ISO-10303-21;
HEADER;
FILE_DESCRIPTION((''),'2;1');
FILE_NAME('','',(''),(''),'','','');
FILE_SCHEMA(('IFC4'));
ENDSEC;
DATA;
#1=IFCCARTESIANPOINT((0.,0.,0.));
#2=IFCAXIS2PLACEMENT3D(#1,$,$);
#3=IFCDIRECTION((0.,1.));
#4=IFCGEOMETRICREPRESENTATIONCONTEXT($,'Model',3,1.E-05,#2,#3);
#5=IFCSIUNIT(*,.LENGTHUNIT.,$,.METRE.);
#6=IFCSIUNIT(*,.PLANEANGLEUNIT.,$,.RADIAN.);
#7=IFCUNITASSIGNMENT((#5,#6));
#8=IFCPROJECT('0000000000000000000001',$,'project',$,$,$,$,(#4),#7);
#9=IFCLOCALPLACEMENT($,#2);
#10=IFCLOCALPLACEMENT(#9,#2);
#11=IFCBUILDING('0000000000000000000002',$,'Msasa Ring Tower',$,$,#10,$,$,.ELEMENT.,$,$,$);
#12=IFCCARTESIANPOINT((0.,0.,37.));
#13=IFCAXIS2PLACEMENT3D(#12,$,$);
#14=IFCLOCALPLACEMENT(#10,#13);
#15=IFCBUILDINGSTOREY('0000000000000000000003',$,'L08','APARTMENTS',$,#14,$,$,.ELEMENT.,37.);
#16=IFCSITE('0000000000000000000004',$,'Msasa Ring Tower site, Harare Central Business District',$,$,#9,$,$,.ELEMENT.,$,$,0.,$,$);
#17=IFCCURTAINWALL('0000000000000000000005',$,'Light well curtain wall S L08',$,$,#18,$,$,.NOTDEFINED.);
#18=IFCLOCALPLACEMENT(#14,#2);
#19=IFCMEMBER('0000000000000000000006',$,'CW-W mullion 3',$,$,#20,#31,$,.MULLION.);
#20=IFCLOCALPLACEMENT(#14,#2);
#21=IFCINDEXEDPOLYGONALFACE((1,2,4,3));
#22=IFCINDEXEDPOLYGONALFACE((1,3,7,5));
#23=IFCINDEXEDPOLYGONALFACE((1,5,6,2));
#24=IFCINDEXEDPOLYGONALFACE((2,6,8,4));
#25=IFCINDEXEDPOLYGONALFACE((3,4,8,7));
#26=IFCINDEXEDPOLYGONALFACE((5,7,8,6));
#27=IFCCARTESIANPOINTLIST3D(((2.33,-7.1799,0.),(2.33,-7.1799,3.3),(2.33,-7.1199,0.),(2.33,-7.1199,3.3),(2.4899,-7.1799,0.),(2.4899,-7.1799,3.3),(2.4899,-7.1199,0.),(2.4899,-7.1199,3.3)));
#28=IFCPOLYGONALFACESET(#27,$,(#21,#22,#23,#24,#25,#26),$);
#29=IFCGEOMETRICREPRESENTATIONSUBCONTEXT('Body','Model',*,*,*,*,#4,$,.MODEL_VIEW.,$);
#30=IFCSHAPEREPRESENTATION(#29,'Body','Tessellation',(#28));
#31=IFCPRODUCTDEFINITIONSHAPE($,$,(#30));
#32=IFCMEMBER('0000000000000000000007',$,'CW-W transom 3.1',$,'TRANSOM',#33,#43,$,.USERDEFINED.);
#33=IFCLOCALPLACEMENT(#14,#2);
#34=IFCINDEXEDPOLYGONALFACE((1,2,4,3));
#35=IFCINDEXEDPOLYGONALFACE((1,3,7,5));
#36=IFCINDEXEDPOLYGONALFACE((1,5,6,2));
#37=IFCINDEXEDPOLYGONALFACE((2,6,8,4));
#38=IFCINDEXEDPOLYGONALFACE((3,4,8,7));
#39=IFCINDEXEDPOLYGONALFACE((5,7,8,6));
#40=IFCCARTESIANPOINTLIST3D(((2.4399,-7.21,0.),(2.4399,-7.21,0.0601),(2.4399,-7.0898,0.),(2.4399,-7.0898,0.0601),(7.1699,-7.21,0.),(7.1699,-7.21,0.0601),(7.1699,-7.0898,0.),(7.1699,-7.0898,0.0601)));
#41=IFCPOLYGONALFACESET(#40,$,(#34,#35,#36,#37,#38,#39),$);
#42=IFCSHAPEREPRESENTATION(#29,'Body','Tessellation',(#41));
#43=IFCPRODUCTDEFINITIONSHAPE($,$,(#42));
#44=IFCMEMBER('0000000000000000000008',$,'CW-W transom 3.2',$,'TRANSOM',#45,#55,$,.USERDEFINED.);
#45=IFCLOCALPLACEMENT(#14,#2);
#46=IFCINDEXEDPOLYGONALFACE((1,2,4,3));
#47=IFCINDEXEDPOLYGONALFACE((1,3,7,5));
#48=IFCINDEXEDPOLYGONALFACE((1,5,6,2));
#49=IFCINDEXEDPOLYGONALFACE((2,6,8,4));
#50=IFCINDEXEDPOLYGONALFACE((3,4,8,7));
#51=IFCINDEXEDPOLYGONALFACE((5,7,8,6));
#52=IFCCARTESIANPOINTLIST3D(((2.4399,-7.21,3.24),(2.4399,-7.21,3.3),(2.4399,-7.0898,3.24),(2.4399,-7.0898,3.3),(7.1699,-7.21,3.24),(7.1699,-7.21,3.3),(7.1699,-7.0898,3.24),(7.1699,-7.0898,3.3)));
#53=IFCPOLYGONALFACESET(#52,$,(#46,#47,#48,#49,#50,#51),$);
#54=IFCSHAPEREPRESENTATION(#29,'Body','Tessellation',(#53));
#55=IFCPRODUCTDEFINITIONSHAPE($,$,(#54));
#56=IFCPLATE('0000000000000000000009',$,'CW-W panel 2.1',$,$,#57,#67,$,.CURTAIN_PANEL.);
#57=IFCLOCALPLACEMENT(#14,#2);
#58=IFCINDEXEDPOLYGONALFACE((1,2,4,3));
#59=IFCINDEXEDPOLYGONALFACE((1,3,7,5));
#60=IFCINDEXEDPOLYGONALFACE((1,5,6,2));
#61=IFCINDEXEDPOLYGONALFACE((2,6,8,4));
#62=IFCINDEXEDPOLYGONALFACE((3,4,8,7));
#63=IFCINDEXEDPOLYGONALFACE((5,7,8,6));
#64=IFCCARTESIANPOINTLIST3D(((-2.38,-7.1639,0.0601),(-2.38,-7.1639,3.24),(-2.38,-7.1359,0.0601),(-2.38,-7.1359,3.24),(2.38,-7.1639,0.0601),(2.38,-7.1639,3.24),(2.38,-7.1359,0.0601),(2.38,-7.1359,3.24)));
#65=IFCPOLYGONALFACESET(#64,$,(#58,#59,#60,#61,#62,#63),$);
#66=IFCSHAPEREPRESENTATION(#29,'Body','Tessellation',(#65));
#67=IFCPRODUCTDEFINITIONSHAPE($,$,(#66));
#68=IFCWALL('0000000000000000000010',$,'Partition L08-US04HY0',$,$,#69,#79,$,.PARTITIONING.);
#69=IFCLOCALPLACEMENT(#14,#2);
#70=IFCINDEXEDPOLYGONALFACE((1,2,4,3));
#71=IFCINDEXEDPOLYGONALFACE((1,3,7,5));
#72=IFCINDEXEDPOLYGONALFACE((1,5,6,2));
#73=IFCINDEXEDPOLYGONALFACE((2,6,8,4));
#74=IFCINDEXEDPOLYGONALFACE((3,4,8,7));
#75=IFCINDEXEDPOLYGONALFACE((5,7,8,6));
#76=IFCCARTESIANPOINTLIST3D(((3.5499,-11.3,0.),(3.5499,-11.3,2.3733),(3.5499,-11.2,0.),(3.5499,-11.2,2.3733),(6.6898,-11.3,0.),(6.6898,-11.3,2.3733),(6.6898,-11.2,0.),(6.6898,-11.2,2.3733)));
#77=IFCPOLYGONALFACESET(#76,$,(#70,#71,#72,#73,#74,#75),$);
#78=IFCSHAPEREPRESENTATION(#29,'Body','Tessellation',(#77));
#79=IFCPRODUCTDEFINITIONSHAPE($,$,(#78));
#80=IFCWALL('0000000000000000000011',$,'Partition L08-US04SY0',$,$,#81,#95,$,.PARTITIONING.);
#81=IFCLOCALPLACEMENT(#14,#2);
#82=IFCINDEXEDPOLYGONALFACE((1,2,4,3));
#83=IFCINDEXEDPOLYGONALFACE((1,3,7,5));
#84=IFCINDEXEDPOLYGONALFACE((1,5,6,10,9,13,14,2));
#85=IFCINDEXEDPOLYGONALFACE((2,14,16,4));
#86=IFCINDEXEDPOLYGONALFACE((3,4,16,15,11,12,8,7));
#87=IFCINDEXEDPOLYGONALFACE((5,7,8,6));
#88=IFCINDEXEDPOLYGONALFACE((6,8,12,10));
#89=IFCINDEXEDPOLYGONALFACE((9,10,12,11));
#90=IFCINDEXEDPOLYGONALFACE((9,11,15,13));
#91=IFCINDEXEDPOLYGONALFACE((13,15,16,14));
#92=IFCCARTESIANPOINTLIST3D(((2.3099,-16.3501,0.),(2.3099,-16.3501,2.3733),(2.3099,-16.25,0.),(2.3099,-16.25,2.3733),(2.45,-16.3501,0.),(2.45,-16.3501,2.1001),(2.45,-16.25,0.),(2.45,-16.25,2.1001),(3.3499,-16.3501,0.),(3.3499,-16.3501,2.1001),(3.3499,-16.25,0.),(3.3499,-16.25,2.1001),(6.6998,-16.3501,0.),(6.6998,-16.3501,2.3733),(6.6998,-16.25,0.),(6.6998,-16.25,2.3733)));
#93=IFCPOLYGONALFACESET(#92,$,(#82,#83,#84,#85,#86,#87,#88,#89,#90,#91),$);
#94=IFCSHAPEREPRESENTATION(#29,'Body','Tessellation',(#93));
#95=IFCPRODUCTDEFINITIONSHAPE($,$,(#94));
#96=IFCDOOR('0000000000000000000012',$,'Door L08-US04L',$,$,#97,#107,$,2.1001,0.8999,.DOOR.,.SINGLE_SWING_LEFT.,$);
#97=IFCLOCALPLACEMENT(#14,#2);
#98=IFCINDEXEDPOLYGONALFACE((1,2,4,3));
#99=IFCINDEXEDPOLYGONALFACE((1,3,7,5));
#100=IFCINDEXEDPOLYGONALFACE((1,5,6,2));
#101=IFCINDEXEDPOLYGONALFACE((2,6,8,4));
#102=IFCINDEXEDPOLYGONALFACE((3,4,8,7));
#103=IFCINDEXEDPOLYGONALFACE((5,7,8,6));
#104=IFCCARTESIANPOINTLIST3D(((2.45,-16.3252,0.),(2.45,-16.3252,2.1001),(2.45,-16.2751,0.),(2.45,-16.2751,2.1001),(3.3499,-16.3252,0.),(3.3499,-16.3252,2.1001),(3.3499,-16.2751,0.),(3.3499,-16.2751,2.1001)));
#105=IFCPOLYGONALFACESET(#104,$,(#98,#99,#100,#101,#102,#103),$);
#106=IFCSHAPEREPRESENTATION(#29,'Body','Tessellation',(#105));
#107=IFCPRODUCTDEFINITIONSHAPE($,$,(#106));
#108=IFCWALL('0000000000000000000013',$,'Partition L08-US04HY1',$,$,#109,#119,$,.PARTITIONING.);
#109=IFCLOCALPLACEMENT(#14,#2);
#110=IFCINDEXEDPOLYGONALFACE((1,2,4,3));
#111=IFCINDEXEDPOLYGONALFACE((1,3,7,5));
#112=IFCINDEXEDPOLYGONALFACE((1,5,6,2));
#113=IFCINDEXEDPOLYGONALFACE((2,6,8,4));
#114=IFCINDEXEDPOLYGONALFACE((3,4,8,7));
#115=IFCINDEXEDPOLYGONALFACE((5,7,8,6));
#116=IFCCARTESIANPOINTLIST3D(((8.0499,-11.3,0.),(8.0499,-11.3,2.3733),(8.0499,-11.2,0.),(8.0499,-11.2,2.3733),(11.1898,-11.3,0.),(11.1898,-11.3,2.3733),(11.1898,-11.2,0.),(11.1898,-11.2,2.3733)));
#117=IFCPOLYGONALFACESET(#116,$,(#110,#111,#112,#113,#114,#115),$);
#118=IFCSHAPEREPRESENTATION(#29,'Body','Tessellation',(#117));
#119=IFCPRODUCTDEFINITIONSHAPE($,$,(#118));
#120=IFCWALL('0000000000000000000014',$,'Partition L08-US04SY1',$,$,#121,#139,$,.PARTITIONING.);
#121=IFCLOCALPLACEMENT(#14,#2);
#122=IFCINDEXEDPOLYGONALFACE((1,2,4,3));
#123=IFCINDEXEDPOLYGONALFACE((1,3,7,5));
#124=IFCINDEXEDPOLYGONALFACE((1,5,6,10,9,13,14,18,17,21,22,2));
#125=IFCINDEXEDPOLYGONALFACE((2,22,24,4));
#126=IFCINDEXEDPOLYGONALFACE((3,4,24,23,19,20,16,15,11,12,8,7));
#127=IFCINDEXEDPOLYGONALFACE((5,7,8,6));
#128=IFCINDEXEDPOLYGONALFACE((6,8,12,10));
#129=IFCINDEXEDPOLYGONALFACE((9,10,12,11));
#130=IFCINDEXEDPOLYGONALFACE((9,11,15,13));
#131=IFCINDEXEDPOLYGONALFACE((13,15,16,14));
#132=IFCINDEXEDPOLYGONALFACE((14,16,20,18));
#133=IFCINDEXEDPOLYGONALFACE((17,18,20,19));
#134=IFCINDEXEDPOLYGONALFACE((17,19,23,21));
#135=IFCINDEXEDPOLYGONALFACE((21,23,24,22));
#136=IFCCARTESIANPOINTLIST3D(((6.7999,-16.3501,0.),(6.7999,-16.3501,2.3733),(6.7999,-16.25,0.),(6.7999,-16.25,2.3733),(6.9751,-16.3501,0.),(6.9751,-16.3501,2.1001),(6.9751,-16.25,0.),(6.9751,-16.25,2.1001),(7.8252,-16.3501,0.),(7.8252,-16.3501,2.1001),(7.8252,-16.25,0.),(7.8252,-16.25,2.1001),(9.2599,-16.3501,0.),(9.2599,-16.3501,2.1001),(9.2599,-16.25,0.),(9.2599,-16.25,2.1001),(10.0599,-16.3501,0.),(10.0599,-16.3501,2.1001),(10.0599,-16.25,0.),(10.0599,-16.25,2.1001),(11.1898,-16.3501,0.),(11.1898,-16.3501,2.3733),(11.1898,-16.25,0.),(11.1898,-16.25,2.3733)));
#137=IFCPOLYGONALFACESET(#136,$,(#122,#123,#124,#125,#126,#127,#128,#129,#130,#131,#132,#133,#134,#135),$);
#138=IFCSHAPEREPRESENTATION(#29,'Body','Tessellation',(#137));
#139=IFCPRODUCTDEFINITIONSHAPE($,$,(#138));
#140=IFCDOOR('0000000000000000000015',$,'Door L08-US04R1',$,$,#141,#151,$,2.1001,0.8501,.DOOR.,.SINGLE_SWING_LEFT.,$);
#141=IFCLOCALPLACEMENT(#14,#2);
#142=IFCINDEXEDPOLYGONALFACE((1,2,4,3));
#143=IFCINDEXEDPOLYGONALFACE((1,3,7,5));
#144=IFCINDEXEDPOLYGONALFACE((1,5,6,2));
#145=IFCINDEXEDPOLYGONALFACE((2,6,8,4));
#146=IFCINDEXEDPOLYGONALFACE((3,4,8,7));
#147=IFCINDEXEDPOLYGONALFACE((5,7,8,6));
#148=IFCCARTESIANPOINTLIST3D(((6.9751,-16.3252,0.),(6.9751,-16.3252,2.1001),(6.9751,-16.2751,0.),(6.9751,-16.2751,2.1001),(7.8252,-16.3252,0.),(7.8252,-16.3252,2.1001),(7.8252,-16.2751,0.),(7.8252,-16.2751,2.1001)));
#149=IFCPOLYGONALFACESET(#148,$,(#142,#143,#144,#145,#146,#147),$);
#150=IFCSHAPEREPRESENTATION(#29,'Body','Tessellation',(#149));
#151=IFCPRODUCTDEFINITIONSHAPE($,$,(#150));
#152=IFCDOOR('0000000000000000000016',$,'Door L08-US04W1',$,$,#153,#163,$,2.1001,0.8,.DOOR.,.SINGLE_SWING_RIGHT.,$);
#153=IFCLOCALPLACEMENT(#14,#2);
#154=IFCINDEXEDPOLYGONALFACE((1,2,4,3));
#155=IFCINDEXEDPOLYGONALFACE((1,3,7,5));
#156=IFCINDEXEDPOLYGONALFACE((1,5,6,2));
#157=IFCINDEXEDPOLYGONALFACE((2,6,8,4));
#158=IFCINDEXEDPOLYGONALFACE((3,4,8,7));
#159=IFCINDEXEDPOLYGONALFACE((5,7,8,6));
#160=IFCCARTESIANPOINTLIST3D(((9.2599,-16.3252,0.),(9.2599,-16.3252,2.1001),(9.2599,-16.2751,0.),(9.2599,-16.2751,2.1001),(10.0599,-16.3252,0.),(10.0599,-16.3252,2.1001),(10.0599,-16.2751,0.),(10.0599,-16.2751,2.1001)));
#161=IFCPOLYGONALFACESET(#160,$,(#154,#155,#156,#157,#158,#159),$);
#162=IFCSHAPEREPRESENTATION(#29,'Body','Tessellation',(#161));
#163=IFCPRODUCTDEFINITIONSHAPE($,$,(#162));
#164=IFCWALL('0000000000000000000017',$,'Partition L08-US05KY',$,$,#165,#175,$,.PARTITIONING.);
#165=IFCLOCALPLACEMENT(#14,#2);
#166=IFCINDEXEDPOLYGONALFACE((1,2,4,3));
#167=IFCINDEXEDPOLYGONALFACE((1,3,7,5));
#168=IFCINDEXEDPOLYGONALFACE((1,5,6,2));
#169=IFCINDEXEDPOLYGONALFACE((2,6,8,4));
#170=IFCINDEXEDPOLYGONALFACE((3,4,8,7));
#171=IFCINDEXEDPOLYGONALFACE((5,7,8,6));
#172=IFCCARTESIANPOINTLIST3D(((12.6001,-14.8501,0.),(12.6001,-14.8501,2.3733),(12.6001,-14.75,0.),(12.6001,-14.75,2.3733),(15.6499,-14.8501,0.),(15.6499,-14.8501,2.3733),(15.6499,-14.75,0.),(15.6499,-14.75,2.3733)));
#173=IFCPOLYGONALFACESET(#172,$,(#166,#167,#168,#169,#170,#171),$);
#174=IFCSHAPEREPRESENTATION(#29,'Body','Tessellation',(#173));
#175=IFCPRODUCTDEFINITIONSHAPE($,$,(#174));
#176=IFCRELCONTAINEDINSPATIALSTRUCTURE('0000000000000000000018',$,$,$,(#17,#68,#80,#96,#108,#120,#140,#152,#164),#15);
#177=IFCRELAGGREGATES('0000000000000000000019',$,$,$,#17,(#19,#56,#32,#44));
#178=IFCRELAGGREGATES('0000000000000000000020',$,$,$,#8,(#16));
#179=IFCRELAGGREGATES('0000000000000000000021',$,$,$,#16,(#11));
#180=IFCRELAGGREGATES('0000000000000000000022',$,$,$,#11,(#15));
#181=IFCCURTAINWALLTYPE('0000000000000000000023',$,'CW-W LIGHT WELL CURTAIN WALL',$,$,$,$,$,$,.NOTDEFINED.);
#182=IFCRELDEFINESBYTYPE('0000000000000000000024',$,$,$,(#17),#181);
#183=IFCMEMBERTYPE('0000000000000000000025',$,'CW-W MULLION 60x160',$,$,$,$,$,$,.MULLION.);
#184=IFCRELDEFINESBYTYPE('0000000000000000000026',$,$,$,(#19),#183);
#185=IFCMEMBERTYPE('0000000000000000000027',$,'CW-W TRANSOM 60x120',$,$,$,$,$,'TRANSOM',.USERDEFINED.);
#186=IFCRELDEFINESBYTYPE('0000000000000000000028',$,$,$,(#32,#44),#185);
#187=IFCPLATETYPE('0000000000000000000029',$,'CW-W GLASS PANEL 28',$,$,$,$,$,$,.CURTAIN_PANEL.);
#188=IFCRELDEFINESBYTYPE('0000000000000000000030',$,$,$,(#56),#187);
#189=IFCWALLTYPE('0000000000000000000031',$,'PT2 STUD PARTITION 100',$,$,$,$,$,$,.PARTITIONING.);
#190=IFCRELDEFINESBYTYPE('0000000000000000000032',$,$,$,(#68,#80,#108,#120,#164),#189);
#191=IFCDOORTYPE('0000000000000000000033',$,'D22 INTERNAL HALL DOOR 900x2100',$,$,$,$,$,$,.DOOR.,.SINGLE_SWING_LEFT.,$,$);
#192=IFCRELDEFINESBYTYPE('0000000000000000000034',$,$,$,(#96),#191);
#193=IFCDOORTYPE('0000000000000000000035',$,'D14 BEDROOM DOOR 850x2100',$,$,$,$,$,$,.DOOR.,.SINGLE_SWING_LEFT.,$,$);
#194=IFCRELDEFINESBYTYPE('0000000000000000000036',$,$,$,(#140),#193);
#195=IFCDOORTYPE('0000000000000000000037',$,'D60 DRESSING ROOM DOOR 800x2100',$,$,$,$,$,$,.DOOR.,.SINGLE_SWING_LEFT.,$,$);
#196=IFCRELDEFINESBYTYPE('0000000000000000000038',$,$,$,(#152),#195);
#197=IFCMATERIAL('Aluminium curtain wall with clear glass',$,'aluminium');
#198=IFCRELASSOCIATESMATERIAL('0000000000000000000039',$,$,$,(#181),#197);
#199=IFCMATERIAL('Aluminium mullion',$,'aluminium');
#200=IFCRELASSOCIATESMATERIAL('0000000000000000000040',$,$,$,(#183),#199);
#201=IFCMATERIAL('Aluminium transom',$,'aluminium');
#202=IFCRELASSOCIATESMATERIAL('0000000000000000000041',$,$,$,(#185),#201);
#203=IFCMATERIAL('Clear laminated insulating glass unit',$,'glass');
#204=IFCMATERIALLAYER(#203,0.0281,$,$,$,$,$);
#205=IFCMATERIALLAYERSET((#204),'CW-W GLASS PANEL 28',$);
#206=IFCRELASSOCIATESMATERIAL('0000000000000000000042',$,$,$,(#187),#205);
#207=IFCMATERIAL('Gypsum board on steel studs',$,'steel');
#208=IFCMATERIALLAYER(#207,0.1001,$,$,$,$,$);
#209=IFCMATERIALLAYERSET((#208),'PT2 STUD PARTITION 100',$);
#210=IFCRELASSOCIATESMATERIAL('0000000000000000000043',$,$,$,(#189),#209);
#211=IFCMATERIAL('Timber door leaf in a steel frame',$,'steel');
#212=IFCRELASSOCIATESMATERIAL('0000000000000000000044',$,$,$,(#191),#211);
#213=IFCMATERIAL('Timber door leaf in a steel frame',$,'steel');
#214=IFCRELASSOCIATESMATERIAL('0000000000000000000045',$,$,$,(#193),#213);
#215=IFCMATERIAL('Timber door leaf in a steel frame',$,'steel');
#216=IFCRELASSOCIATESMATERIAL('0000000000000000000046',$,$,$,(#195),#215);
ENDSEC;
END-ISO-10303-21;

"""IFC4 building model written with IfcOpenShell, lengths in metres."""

from ifc_helpers import new_model, si_unit, direction, frame, frame_2d, origin, origin_2d, place, context, subcontext, project, spatial, rectangle, extrude, material, layer, layer_set, material_profile, profile_set, type_object, element, fill, aggregate, save


model = new_model("IFC4")

# Units and contexts
model_context = context("Model", 3, precision=1e-05, world=origin(), true_north=direction((0.0, 1.0)))
body_context = subcontext(model_context, "Body", "Model", "MODEL_VIEW")
ifc_project = project(units=[si_unit("LENGTHUNIT", "METRE"), si_unit("PLANEANGLEUNIT", "RADIAN")], contexts=[model_context])

# Site, building, storey
site_placement = place(None, origin())
site = spatial("IfcSite", under=ifc_project, at=site_placement, Name="Msasa Ring Tower site, Harare Central Business District", CompositionType="ELEMENT", RefElevation=0.0)
building_placement = place(site_placement, origin())
building = spatial("IfcBuilding", under=site, at=building_placement, Name="Msasa Ring Tower", CompositionType="ELEMENT")
storey_placement = place(building_placement, frame((0.0, 0.0, 37.0)))
storey = spatial("IfcBuildingStorey", under=building, at=storey_placement, Name="L08", Description="APARTMENTS", CompositionType="ELEMENT", Elevation=37.0)

# Curtain wall, members, plate
ifc_material_1 = material(Name="Aluminium curtain wall with clear glass", Category="aluminium")
curtain_wall_type = type_object("IfcCurtainWallType", Name="CW-W LIGHT WELL CURTAIN WALL", PredefinedType="NOTDEFINED", material=ifc_material_1)
curtain_wall_placement = place(storey_placement, origin())
curtain_wall = element("IfcCurtainWall", 1, at=curtain_wall_placement, inside=storey, type_object=curtain_wall_type, Name="Light well curtain wall S L08", PredefinedType="NOTDEFINED")
ifc_material_2 = material(Name="Aluminium mullion", Category="aluminium")
ifc_material_profile_1 = material_profile(ifc_material_2, rectangle(XDim=0.0601, YDim=0.1599, at=origin_2d()), Name="AL 60x160")
ifc_profile_set_1 = profile_set([ifc_material_profile_1], Name="Aluminium mullion")
member_type_1 = type_object("IfcMemberType", Name="CW-W MULLION 60x160", PredefinedType="MULLION", material=ifc_profile_set_1)
member_1_placement = place(storey_placement, frame((2.4099, -7.1499, 0.0), z_axis=(0.0, 0.0, 1.0), x_axis=(0.0, 1.0, 0.0)))
member_1 = element("IfcMember", 2, at=member_1_placement, type_object=member_type_1, Name="CW-W mullion 3", PredefinedType="MULLION", context=body_context, shape_type="SweptSolid", body=[
    extrude(rectangle(XDim=0.0601, YDim=0.1599, at=origin_2d()), origin(), (0.0, 0.0, 1.0), 3.3),
])
ifc_material_3 = material(Name="Aluminium transom", Category="aluminium")
ifc_material_profile_2 = material_profile(ifc_material_3, rectangle(XDim=0.1201, YDim=0.0601, at=origin_2d()), Name="AL 60x120")
ifc_profile_set_2 = profile_set([ifc_material_profile_2], Name="Aluminium transom")
member_type_2 = type_object("IfcMemberType", Name="CW-W TRANSOM 60x120", ElementType="TRANSOM", PredefinedType="USERDEFINED", material=ifc_profile_set_2)
member_2_placement = place(storey_placement, frame((2.4399, -7.1499, 0.03), z_axis=(1.0, 0.0, 0.0), x_axis=(0.0, 1.0, 0.0)))
member_2 = element("IfcMember", 3, at=member_2_placement, type_object=member_type_2, Name="CW-W transom 3.1", ObjectType="TRANSOM", PredefinedType="USERDEFINED", context=body_context, shape_type="SweptSolid", body=[
    extrude(rectangle(XDim=0.1201, YDim=0.0601, at=origin_2d()), origin(), (0.0, 0.0, 1.0), 4.73),
])
member_3_placement = place(storey_placement, frame((2.4399, -7.1499, 3.27), z_axis=(1.0, 0.0, 0.0), x_axis=(0.0, 1.0, 0.0)))
member_3 = element("IfcMember", 4, at=member_3_placement, type_object=member_type_2, Name="CW-W transom 3.2", ObjectType="TRANSOM", PredefinedType="USERDEFINED", context=body_context, shape_type="SweptSolid", body=[
    extrude(rectangle(XDim=0.1201, YDim=0.0601, at=origin_2d()), origin(), (0.0, 0.0, 1.0), 4.73),
])
ifc_material_4 = material(Name="Clear laminated insulating glass unit", Category="glass")
ifc_layer_1 = layer(ifc_material_4, 0.0281)
ifc_layer_set_1 = layer_set([ifc_layer_1], Name="CW-W GLASS PANEL 28")
plate_type = type_object("IfcPlateType", Name="CW-W GLASS PANEL 28", PredefinedType="CURTAIN_PANEL", material=ifc_layer_set_1)
plate_placement = place(storey_placement, frame((0.0, -7.1499, 0.0601), z_axis=(0.0, 0.0, 1.0), x_axis=(1.0, 0.0, 0.0)))
plate = element("IfcPlate", 5, at=plate_placement, type_object=plate_type, Name="CW-W panel 2.1", PredefinedType="CURTAIN_PANEL", context=body_context, shape_type="SweptSolid", body=[
    extrude(rectangle(XDim=4.76, YDim=0.0281, at=origin_2d()), origin(), (0.0, 0.0, 1.0), 3.1799),
])
aggregate(curtain_wall, [member_1, plate, member_2, member_3])

# Wall
ifc_material_5 = material(Name="Gypsum board on steel studs", Category="steel")
ifc_layer_2 = layer(ifc_material_5, 0.1001)
ifc_layer_set_2 = layer_set([ifc_layer_2], Name="PT2 STUD PARTITION 100")
wall_type_1 = type_object("IfcWallType", Name="PT2 STUD PARTITION 100", PredefinedType="PARTITIONING", material=ifc_layer_set_2)
wall_1_placement = place(storey_placement, frame((3.55, -11.25, 0.0), z_axis=(0.0, 0.0, 1.0), x_axis=(1.0, 0.0, 0.0)))
element("IfcWall", 6, at=wall_1_placement, inside=storey, type_object=wall_type_1, Name="Partition L08-US04HY0", PredefinedType="PARTITIONING", context=body_context, shape_type="SweptSolid", body=[
    extrude(rectangle(XDim=3.1399, YDim=0.1001, at=frame_2d((1.5698, 0.0))), origin(), (0.0, 0.0, 1.0), 2.3733),
])

# Wall, opening, door
wall_2_placement = place(storey_placement, frame((2.3101, -16.3, 0.0), z_axis=(0.0, 0.0, 1.0), x_axis=(1.0, 0.0, 0.0)))
wall_2 = element("IfcWall", 7, at=wall_2_placement, inside=storey, type_object=wall_type_1, Name="Partition L08-US04SY0", PredefinedType="PARTITIONING", context=body_context, shape_type="SweptSolid", body=[
    extrude(rectangle(XDim=4.3899, YDim=0.1001, at=frame_2d((2.1948, 0.0))), origin(), (0.0, 0.0, 1.0), 2.3733),
])
opening_1_placement = place(wall_2_placement, frame((0.1399, 0.0, 0.0)))
opening_1 = element("IfcOpeningElement", 8, at=opening_1_placement, cuts=wall_2, PredefinedType="OPENING", context=body_context, shape_type="SweptSolid", body=[
    extrude(rectangle(XDim=0.8999, YDim=2.1001, at=frame_2d((0.45, 1.05))), frame((0.0, 0.0601, 0.0), z_axis=(0.0, -1.0, 0.0), x_axis=(1.0, 0.0, 0.0)), (0.0, 0.0, 1.0), 0.1201),
])
ifc_material_6 = material(Name="Timber door leaf in a steel frame", Category="steel")
door_type_1 = type_object("IfcDoorType", Name="D22 INTERNAL HALL DOOR 900x2100", OperationType="SINGLE_SWING_LEFT", PredefinedType="DOOR", material=ifc_material_6)
door_1_placement = place(opening_1_placement, origin())
door_1 = element("IfcDoor", 9, at=door_1_placement, inside=storey, type_object=door_type_1, Name="Door L08-US04L", OperationType="SINGLE_SWING_LEFT", OverallHeight=2.1001, OverallWidth=0.8999, PredefinedType="DOOR", context=body_context, shape_type="SweptSolid", body=[
    extrude(rectangle(XDim=0.8999, YDim=2.1001, at=frame_2d((0.45, 1.05))), frame((0.0, 0.0249, 0.0), z_axis=(0.0, -1.0, 0.0), x_axis=(1.0, 0.0, 0.0)), (0.0, 0.0, 1.0), 0.05),
])
fill(opening_1, door_1)

# Wall
wall_3_placement = place(storey_placement, frame((8.05, -11.25, 0.0), z_axis=(0.0, 0.0, 1.0), x_axis=(1.0, 0.0, 0.0)))
element("IfcWall", 10, at=wall_3_placement, inside=storey, type_object=wall_type_1, Name="Partition L08-US04HY1", PredefinedType="PARTITIONING", context=body_context, shape_type="SweptSolid", body=[
    extrude(rectangle(XDim=3.1399, YDim=0.1001, at=frame_2d((1.5698, 0.0))), origin(), (0.0, 0.0, 1.0), 2.3733),
])

# Wall, openings, doors
wall_4_placement = place(storey_placement, frame((6.8, -16.3, 0.0), z_axis=(0.0, 0.0, 1.0), x_axis=(1.0, 0.0, 0.0)))
wall_4 = element("IfcWall", 11, at=wall_4_placement, inside=storey, type_object=wall_type_1, Name="Partition L08-US04SY1", PredefinedType="PARTITIONING", context=body_context, shape_type="SweptSolid", body=[
    extrude(rectangle(XDim=4.3899, YDim=0.1001, at=frame_2d((2.1948, 0.0))), origin(), (0.0, 0.0, 1.0), 2.3733),
])
opening_2_placement = place(wall_4_placement, frame((0.175, 0.0, 0.0)))
opening_2 = element("IfcOpeningElement", 12, at=opening_2_placement, cuts=wall_4, PredefinedType="OPENING", context=body_context, shape_type="SweptSolid", body=[
    extrude(rectangle(XDim=0.8501, YDim=2.1001, at=frame_2d((0.425, 1.05))), frame((0.0, 0.0601, 0.0), z_axis=(0.0, -1.0, 0.0), x_axis=(1.0, 0.0, 0.0)), (0.0, 0.0, 1.0), 0.1201),
])
opening_3_placement = place(wall_4_placement, frame((2.46, 0.0, 0.0)))
opening_3 = element("IfcOpeningElement", 13, at=opening_3_placement, cuts=wall_4, PredefinedType="OPENING", context=body_context, shape_type="SweptSolid", body=[
    extrude(rectangle(XDim=0.8, YDim=2.1001, at=frame_2d((0.3999, 1.05))), frame((0.0, 0.0601, 0.0), z_axis=(0.0, -1.0, 0.0), x_axis=(1.0, 0.0, 0.0)), (0.0, 0.0, 1.0), 0.1201),
])
ifc_material_7 = material(Name="Timber door leaf in a steel frame", Category="steel")
door_type_2 = type_object("IfcDoorType", Name="D14 BEDROOM DOOR 850x2100", OperationType="SINGLE_SWING_LEFT", PredefinedType="DOOR", material=ifc_material_7)
door_2_placement = place(opening_2_placement, origin())
door_2 = element("IfcDoor", 14, at=door_2_placement, inside=storey, type_object=door_type_2, Name="Door L08-US04R1", OperationType="SINGLE_SWING_LEFT", OverallHeight=2.1001, OverallWidth=0.8501, PredefinedType="DOOR", context=body_context, shape_type="SweptSolid", body=[
    extrude(rectangle(XDim=0.8501, YDim=2.1001, at=frame_2d((0.425, 1.05))), frame((0.0, 0.0249, 0.0), z_axis=(0.0, -1.0, 0.0), x_axis=(1.0, 0.0, 0.0)), (0.0, 0.0, 1.0), 0.05),
])
fill(opening_2, door_2)
ifc_material_8 = material(Name="Timber door leaf in a steel frame", Category="steel")
door_type_3 = type_object("IfcDoorType", Name="D60 DRESSING ROOM DOOR 800x2100", OperationType="SINGLE_SWING_LEFT", PredefinedType="DOOR", material=ifc_material_8)
door_3_placement = place(opening_3_placement, origin())
door_3 = element("IfcDoor", 15, at=door_3_placement, inside=storey, type_object=door_type_3, Name="Door L08-US04W1", OperationType="SINGLE_SWING_RIGHT", OverallHeight=2.1001, OverallWidth=0.8, PredefinedType="DOOR", context=body_context, shape_type="SweptSolid", body=[
    extrude(rectangle(XDim=0.8, YDim=2.1001, at=frame_2d((0.3999, 1.05))), frame((0.0, 0.0249, 0.0), z_axis=(0.0, -1.0, 0.0), x_axis=(1.0, 0.0, 0.0)), (0.0, 0.0, 1.0), 0.05),
])
fill(opening_3, door_3)

# Wall
wall_5_placement = place(storey_placement, frame((12.6001, -14.8, 0.0), z_axis=(0.0, 0.0, 1.0), x_axis=(1.0, 0.0, 0.0)))
element("IfcWall", 16, at=wall_5_placement, inside=storey, type_object=wall_type_1, Name="Partition L08-US05KY", PredefinedType="PARTITIONING", context=body_context, shape_type="SweptSolid", body=[
    extrude(rectangle(XDim=3.0498, YDim=0.1001, at=frame_2d((1.5249, 0.0))), origin(), (0.0, 0.0, 1.0), 2.3733),
])

save(model, "model.ifc")
